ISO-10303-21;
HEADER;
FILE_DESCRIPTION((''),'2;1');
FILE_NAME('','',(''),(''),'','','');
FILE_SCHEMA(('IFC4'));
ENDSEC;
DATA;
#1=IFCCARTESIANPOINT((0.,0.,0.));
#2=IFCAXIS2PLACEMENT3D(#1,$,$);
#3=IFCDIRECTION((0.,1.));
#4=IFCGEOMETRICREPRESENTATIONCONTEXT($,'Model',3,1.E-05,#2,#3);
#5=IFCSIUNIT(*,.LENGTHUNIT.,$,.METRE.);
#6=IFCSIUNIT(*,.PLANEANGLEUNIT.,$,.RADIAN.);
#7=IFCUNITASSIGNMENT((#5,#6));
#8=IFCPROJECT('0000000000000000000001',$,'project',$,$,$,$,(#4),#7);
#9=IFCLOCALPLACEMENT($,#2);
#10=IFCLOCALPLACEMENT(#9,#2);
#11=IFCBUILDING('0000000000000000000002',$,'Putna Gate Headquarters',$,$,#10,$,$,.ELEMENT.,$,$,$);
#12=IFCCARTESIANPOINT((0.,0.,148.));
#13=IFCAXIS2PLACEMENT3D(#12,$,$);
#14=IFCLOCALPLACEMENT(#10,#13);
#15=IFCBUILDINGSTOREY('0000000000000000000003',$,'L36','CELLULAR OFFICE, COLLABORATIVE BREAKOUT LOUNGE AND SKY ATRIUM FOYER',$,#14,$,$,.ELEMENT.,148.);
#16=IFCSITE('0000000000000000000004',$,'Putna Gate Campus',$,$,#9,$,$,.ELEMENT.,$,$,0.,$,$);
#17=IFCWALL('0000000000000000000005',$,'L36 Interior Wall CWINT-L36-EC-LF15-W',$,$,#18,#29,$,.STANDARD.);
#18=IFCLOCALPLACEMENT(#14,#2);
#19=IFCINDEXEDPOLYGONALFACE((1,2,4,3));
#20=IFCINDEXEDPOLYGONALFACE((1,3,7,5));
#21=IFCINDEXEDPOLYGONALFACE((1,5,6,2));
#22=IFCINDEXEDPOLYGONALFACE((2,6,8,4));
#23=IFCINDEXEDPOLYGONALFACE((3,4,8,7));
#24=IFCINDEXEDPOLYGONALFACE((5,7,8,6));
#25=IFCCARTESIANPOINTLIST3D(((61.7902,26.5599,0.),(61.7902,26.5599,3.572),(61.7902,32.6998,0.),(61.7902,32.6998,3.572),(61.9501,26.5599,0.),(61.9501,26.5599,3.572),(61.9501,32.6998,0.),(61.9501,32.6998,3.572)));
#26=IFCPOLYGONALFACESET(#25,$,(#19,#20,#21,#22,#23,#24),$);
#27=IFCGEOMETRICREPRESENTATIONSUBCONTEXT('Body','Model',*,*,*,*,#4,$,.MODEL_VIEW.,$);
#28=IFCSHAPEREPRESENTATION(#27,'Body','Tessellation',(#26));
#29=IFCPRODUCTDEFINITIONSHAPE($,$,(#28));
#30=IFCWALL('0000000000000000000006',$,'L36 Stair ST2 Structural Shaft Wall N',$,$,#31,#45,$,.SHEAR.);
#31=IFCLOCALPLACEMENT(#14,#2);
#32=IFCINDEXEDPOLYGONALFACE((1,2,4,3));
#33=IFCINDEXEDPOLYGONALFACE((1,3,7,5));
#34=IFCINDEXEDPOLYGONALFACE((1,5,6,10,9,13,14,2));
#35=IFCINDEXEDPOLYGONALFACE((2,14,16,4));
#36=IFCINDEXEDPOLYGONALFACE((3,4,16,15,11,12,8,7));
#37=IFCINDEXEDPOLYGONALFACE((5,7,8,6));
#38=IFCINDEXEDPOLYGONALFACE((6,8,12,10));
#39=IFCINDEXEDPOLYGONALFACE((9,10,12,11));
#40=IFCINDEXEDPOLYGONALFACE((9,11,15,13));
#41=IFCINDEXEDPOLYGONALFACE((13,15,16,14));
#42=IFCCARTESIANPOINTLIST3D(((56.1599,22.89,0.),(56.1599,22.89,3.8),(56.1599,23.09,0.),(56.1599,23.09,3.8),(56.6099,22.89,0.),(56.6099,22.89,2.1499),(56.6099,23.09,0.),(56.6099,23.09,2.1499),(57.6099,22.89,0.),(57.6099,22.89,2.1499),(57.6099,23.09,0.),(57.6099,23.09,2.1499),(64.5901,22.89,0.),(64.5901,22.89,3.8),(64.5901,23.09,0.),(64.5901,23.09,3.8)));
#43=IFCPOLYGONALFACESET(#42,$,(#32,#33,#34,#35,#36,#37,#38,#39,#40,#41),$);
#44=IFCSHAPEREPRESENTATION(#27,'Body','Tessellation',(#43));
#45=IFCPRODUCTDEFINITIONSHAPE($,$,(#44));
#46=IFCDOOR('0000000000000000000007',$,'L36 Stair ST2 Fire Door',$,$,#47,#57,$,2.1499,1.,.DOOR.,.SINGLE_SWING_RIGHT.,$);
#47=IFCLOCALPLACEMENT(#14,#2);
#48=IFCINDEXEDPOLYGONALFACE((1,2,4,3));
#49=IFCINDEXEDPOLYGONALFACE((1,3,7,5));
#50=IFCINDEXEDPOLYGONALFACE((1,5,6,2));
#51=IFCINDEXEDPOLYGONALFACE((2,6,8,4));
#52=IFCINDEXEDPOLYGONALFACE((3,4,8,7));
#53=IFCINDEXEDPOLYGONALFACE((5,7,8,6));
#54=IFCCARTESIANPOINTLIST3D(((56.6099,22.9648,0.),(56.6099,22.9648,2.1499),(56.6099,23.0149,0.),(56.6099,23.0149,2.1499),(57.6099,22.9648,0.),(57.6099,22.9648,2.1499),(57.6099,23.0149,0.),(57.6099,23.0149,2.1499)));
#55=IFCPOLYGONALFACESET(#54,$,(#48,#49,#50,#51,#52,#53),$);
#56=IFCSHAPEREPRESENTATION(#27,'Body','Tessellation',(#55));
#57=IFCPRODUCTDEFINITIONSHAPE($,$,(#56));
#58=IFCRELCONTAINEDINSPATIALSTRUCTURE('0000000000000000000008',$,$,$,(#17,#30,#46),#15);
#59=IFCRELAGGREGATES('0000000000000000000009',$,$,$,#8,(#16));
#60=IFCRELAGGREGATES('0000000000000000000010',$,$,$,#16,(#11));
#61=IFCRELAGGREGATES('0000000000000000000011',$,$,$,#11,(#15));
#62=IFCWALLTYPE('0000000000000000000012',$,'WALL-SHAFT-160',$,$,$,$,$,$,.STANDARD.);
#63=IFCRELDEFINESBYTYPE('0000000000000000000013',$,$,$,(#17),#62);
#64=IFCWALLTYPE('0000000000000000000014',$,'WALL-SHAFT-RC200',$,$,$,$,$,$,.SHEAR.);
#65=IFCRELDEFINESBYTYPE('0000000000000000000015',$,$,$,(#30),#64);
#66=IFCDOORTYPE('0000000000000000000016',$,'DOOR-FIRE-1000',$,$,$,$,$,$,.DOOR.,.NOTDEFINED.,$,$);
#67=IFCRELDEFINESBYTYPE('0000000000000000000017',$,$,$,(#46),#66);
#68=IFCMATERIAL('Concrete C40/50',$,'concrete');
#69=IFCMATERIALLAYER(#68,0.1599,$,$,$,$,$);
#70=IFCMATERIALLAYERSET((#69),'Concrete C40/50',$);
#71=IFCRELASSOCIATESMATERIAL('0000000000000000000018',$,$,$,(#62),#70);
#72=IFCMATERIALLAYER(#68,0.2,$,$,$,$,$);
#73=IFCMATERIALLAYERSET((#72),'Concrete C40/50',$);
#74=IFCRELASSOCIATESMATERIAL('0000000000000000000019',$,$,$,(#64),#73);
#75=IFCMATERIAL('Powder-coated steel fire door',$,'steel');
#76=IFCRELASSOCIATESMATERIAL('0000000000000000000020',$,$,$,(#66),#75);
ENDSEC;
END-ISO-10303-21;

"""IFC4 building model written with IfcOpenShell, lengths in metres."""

from ifc_helpers import new_model, si_unit, direction, frame, frame_2d, origin, place, context, subcontext, project, spatial, rectangle, extrude, material, layer, layer_set, type_object, element, fill, save


model = new_model("IFC4")

# Units and contexts
model_context = context("Model", 3, precision=1e-05, world=origin(), true_north=direction((0.0, 1.0)))
body_context = subcontext(model_context, "Body", "Model", "MODEL_VIEW")
ifc_project = project(units=[si_unit("LENGTHUNIT", "METRE"), si_unit("PLANEANGLEUNIT", "RADIAN")], contexts=[model_context])

# Site, building, storey
site_placement = place(None, origin())
site = spatial("IfcSite", under=ifc_project, at=site_placement, Name="Putna Gate Campus", CompositionType="ELEMENT", RefElevation=0.0)
building_placement = place(site_placement, origin())
building = spatial("IfcBuilding", under=site, at=building_placement, Name="Putna Gate Headquarters", CompositionType="ELEMENT")
storey_placement = place(building_placement, frame((0.0, 0.0, 148.0)))
storey = spatial("IfcBuildingStorey", under=building, at=storey_placement, Name="L36", Description="CELLULAR OFFICE, COLLABORATIVE BREAKOUT LOUNGE AND SKY ATRIUM FOYER", CompositionType="ELEMENT", Elevation=148.0)

# Shared definitions
ifc_material_1 = material(Name="Concrete C40/50", Category="concrete")
ifc_layer_1 = layer(ifc_material_1, 0.1599)
ifc_layer_set_1 = layer_set([ifc_layer_1], Name="Concrete C40/50")
wall_type_1 = type_object("IfcWallType", Name="WALL-SHAFT-160", PredefinedType="STANDARD", material=ifc_layer_set_1)

# Wall
wall_1_placement = place(storey_placement, frame((61.8701, 26.5601, 0.0), z_axis=(0.0, 0.0, 1.0), x_axis=(0.0, 1.0, 0.0)))
element("IfcWall", 1, at=wall_1_placement, inside=storey, type_object=wall_type_1, Name="L36 Interior Wall CWINT-L36-EC-LF15-W", PredefinedType="STANDARD", context=body_context, shape_type="SweptSolid", body=[
    extrude(rectangle(XDim=6.1399, YDim=0.1599, at=frame_2d((3.0698, 0.0))), origin(), (0.0, 0.0, 1.0), 3.572),
])

# Wall, opening, door
ifc_layer_2 = layer(ifc_material_1, 0.2)
ifc_layer_set_2 = layer_set([ifc_layer_2], Name="Concrete C40/50")
wall_type_2 = type_object("IfcWallType", Name="WALL-SHAFT-RC200", PredefinedType="SHEAR", material=ifc_layer_set_2)
wall_2_placement = place(storey_placement, frame((56.1599, 22.99, 0.0), z_axis=(0.0, 0.0, 1.0), x_axis=(1.0, 0.0, 0.0)))
wall_2 = element("IfcWall", 2, at=wall_2_placement, inside=storey, type_object=wall_type_2, Name="L36 Stair ST2 Structural Shaft Wall N", PredefinedType="SHEAR", context=body_context, shape_type="SweptSolid", body=[
    extrude(rectangle(XDim=8.4302, YDim=0.2, at=frame_2d((4.2151, 0.0))), origin(), (0.0, 0.0, 1.0), 3.8),
])
opening_1_placement = place(wall_2_placement, frame((0.45, 0.0, 0.0)))
opening_1 = element("IfcOpeningElement", 3, at=opening_1_placement, cuts=wall_2, PredefinedType="OPENING", context=body_context, shape_type="SweptSolid", body=[
    extrude(rectangle(XDim=1.0, YDim=2.1499, at=frame_2d((0.5, 1.075))), frame((0.0, 0.1099, 0.0), z_axis=(0.0, -1.0, 0.0), x_axis=(1.0, 0.0, 0.0)), (0.0, 0.0, 1.0), 0.22),
])
ifc_material_2 = material(Name="Powder-coated steel fire door", Category="steel")
door_type_1 = type_object("IfcDoorType", Name="DOOR-FIRE-1000", OperationType="NOTDEFINED", PredefinedType="DOOR", material=ifc_material_2)
door_1_placement = place(opening_1_placement, origin())
door_1 = element("IfcDoor", 4, at=door_1_placement, inside=storey, type_object=door_type_1, Name="L36 Stair ST2 Fire Door", OperationType="SINGLE_SWING_RIGHT", OverallHeight=2.1499, OverallWidth=1.0, PredefinedType="DOOR", context=body_context, shape_type="SweptSolid", body=[
    extrude(rectangle(XDim=1.0, YDim=2.1499, at=frame_2d((0.5, 1.075))), frame((0.0, 0.0249, 0.0), z_axis=(0.0, -1.0, 0.0), x_axis=(1.0, 0.0, 0.0)), (0.0, 0.0, 1.0), 0.05),
])
fill(opening_1, door_1)

save(model, "model.ifc")
